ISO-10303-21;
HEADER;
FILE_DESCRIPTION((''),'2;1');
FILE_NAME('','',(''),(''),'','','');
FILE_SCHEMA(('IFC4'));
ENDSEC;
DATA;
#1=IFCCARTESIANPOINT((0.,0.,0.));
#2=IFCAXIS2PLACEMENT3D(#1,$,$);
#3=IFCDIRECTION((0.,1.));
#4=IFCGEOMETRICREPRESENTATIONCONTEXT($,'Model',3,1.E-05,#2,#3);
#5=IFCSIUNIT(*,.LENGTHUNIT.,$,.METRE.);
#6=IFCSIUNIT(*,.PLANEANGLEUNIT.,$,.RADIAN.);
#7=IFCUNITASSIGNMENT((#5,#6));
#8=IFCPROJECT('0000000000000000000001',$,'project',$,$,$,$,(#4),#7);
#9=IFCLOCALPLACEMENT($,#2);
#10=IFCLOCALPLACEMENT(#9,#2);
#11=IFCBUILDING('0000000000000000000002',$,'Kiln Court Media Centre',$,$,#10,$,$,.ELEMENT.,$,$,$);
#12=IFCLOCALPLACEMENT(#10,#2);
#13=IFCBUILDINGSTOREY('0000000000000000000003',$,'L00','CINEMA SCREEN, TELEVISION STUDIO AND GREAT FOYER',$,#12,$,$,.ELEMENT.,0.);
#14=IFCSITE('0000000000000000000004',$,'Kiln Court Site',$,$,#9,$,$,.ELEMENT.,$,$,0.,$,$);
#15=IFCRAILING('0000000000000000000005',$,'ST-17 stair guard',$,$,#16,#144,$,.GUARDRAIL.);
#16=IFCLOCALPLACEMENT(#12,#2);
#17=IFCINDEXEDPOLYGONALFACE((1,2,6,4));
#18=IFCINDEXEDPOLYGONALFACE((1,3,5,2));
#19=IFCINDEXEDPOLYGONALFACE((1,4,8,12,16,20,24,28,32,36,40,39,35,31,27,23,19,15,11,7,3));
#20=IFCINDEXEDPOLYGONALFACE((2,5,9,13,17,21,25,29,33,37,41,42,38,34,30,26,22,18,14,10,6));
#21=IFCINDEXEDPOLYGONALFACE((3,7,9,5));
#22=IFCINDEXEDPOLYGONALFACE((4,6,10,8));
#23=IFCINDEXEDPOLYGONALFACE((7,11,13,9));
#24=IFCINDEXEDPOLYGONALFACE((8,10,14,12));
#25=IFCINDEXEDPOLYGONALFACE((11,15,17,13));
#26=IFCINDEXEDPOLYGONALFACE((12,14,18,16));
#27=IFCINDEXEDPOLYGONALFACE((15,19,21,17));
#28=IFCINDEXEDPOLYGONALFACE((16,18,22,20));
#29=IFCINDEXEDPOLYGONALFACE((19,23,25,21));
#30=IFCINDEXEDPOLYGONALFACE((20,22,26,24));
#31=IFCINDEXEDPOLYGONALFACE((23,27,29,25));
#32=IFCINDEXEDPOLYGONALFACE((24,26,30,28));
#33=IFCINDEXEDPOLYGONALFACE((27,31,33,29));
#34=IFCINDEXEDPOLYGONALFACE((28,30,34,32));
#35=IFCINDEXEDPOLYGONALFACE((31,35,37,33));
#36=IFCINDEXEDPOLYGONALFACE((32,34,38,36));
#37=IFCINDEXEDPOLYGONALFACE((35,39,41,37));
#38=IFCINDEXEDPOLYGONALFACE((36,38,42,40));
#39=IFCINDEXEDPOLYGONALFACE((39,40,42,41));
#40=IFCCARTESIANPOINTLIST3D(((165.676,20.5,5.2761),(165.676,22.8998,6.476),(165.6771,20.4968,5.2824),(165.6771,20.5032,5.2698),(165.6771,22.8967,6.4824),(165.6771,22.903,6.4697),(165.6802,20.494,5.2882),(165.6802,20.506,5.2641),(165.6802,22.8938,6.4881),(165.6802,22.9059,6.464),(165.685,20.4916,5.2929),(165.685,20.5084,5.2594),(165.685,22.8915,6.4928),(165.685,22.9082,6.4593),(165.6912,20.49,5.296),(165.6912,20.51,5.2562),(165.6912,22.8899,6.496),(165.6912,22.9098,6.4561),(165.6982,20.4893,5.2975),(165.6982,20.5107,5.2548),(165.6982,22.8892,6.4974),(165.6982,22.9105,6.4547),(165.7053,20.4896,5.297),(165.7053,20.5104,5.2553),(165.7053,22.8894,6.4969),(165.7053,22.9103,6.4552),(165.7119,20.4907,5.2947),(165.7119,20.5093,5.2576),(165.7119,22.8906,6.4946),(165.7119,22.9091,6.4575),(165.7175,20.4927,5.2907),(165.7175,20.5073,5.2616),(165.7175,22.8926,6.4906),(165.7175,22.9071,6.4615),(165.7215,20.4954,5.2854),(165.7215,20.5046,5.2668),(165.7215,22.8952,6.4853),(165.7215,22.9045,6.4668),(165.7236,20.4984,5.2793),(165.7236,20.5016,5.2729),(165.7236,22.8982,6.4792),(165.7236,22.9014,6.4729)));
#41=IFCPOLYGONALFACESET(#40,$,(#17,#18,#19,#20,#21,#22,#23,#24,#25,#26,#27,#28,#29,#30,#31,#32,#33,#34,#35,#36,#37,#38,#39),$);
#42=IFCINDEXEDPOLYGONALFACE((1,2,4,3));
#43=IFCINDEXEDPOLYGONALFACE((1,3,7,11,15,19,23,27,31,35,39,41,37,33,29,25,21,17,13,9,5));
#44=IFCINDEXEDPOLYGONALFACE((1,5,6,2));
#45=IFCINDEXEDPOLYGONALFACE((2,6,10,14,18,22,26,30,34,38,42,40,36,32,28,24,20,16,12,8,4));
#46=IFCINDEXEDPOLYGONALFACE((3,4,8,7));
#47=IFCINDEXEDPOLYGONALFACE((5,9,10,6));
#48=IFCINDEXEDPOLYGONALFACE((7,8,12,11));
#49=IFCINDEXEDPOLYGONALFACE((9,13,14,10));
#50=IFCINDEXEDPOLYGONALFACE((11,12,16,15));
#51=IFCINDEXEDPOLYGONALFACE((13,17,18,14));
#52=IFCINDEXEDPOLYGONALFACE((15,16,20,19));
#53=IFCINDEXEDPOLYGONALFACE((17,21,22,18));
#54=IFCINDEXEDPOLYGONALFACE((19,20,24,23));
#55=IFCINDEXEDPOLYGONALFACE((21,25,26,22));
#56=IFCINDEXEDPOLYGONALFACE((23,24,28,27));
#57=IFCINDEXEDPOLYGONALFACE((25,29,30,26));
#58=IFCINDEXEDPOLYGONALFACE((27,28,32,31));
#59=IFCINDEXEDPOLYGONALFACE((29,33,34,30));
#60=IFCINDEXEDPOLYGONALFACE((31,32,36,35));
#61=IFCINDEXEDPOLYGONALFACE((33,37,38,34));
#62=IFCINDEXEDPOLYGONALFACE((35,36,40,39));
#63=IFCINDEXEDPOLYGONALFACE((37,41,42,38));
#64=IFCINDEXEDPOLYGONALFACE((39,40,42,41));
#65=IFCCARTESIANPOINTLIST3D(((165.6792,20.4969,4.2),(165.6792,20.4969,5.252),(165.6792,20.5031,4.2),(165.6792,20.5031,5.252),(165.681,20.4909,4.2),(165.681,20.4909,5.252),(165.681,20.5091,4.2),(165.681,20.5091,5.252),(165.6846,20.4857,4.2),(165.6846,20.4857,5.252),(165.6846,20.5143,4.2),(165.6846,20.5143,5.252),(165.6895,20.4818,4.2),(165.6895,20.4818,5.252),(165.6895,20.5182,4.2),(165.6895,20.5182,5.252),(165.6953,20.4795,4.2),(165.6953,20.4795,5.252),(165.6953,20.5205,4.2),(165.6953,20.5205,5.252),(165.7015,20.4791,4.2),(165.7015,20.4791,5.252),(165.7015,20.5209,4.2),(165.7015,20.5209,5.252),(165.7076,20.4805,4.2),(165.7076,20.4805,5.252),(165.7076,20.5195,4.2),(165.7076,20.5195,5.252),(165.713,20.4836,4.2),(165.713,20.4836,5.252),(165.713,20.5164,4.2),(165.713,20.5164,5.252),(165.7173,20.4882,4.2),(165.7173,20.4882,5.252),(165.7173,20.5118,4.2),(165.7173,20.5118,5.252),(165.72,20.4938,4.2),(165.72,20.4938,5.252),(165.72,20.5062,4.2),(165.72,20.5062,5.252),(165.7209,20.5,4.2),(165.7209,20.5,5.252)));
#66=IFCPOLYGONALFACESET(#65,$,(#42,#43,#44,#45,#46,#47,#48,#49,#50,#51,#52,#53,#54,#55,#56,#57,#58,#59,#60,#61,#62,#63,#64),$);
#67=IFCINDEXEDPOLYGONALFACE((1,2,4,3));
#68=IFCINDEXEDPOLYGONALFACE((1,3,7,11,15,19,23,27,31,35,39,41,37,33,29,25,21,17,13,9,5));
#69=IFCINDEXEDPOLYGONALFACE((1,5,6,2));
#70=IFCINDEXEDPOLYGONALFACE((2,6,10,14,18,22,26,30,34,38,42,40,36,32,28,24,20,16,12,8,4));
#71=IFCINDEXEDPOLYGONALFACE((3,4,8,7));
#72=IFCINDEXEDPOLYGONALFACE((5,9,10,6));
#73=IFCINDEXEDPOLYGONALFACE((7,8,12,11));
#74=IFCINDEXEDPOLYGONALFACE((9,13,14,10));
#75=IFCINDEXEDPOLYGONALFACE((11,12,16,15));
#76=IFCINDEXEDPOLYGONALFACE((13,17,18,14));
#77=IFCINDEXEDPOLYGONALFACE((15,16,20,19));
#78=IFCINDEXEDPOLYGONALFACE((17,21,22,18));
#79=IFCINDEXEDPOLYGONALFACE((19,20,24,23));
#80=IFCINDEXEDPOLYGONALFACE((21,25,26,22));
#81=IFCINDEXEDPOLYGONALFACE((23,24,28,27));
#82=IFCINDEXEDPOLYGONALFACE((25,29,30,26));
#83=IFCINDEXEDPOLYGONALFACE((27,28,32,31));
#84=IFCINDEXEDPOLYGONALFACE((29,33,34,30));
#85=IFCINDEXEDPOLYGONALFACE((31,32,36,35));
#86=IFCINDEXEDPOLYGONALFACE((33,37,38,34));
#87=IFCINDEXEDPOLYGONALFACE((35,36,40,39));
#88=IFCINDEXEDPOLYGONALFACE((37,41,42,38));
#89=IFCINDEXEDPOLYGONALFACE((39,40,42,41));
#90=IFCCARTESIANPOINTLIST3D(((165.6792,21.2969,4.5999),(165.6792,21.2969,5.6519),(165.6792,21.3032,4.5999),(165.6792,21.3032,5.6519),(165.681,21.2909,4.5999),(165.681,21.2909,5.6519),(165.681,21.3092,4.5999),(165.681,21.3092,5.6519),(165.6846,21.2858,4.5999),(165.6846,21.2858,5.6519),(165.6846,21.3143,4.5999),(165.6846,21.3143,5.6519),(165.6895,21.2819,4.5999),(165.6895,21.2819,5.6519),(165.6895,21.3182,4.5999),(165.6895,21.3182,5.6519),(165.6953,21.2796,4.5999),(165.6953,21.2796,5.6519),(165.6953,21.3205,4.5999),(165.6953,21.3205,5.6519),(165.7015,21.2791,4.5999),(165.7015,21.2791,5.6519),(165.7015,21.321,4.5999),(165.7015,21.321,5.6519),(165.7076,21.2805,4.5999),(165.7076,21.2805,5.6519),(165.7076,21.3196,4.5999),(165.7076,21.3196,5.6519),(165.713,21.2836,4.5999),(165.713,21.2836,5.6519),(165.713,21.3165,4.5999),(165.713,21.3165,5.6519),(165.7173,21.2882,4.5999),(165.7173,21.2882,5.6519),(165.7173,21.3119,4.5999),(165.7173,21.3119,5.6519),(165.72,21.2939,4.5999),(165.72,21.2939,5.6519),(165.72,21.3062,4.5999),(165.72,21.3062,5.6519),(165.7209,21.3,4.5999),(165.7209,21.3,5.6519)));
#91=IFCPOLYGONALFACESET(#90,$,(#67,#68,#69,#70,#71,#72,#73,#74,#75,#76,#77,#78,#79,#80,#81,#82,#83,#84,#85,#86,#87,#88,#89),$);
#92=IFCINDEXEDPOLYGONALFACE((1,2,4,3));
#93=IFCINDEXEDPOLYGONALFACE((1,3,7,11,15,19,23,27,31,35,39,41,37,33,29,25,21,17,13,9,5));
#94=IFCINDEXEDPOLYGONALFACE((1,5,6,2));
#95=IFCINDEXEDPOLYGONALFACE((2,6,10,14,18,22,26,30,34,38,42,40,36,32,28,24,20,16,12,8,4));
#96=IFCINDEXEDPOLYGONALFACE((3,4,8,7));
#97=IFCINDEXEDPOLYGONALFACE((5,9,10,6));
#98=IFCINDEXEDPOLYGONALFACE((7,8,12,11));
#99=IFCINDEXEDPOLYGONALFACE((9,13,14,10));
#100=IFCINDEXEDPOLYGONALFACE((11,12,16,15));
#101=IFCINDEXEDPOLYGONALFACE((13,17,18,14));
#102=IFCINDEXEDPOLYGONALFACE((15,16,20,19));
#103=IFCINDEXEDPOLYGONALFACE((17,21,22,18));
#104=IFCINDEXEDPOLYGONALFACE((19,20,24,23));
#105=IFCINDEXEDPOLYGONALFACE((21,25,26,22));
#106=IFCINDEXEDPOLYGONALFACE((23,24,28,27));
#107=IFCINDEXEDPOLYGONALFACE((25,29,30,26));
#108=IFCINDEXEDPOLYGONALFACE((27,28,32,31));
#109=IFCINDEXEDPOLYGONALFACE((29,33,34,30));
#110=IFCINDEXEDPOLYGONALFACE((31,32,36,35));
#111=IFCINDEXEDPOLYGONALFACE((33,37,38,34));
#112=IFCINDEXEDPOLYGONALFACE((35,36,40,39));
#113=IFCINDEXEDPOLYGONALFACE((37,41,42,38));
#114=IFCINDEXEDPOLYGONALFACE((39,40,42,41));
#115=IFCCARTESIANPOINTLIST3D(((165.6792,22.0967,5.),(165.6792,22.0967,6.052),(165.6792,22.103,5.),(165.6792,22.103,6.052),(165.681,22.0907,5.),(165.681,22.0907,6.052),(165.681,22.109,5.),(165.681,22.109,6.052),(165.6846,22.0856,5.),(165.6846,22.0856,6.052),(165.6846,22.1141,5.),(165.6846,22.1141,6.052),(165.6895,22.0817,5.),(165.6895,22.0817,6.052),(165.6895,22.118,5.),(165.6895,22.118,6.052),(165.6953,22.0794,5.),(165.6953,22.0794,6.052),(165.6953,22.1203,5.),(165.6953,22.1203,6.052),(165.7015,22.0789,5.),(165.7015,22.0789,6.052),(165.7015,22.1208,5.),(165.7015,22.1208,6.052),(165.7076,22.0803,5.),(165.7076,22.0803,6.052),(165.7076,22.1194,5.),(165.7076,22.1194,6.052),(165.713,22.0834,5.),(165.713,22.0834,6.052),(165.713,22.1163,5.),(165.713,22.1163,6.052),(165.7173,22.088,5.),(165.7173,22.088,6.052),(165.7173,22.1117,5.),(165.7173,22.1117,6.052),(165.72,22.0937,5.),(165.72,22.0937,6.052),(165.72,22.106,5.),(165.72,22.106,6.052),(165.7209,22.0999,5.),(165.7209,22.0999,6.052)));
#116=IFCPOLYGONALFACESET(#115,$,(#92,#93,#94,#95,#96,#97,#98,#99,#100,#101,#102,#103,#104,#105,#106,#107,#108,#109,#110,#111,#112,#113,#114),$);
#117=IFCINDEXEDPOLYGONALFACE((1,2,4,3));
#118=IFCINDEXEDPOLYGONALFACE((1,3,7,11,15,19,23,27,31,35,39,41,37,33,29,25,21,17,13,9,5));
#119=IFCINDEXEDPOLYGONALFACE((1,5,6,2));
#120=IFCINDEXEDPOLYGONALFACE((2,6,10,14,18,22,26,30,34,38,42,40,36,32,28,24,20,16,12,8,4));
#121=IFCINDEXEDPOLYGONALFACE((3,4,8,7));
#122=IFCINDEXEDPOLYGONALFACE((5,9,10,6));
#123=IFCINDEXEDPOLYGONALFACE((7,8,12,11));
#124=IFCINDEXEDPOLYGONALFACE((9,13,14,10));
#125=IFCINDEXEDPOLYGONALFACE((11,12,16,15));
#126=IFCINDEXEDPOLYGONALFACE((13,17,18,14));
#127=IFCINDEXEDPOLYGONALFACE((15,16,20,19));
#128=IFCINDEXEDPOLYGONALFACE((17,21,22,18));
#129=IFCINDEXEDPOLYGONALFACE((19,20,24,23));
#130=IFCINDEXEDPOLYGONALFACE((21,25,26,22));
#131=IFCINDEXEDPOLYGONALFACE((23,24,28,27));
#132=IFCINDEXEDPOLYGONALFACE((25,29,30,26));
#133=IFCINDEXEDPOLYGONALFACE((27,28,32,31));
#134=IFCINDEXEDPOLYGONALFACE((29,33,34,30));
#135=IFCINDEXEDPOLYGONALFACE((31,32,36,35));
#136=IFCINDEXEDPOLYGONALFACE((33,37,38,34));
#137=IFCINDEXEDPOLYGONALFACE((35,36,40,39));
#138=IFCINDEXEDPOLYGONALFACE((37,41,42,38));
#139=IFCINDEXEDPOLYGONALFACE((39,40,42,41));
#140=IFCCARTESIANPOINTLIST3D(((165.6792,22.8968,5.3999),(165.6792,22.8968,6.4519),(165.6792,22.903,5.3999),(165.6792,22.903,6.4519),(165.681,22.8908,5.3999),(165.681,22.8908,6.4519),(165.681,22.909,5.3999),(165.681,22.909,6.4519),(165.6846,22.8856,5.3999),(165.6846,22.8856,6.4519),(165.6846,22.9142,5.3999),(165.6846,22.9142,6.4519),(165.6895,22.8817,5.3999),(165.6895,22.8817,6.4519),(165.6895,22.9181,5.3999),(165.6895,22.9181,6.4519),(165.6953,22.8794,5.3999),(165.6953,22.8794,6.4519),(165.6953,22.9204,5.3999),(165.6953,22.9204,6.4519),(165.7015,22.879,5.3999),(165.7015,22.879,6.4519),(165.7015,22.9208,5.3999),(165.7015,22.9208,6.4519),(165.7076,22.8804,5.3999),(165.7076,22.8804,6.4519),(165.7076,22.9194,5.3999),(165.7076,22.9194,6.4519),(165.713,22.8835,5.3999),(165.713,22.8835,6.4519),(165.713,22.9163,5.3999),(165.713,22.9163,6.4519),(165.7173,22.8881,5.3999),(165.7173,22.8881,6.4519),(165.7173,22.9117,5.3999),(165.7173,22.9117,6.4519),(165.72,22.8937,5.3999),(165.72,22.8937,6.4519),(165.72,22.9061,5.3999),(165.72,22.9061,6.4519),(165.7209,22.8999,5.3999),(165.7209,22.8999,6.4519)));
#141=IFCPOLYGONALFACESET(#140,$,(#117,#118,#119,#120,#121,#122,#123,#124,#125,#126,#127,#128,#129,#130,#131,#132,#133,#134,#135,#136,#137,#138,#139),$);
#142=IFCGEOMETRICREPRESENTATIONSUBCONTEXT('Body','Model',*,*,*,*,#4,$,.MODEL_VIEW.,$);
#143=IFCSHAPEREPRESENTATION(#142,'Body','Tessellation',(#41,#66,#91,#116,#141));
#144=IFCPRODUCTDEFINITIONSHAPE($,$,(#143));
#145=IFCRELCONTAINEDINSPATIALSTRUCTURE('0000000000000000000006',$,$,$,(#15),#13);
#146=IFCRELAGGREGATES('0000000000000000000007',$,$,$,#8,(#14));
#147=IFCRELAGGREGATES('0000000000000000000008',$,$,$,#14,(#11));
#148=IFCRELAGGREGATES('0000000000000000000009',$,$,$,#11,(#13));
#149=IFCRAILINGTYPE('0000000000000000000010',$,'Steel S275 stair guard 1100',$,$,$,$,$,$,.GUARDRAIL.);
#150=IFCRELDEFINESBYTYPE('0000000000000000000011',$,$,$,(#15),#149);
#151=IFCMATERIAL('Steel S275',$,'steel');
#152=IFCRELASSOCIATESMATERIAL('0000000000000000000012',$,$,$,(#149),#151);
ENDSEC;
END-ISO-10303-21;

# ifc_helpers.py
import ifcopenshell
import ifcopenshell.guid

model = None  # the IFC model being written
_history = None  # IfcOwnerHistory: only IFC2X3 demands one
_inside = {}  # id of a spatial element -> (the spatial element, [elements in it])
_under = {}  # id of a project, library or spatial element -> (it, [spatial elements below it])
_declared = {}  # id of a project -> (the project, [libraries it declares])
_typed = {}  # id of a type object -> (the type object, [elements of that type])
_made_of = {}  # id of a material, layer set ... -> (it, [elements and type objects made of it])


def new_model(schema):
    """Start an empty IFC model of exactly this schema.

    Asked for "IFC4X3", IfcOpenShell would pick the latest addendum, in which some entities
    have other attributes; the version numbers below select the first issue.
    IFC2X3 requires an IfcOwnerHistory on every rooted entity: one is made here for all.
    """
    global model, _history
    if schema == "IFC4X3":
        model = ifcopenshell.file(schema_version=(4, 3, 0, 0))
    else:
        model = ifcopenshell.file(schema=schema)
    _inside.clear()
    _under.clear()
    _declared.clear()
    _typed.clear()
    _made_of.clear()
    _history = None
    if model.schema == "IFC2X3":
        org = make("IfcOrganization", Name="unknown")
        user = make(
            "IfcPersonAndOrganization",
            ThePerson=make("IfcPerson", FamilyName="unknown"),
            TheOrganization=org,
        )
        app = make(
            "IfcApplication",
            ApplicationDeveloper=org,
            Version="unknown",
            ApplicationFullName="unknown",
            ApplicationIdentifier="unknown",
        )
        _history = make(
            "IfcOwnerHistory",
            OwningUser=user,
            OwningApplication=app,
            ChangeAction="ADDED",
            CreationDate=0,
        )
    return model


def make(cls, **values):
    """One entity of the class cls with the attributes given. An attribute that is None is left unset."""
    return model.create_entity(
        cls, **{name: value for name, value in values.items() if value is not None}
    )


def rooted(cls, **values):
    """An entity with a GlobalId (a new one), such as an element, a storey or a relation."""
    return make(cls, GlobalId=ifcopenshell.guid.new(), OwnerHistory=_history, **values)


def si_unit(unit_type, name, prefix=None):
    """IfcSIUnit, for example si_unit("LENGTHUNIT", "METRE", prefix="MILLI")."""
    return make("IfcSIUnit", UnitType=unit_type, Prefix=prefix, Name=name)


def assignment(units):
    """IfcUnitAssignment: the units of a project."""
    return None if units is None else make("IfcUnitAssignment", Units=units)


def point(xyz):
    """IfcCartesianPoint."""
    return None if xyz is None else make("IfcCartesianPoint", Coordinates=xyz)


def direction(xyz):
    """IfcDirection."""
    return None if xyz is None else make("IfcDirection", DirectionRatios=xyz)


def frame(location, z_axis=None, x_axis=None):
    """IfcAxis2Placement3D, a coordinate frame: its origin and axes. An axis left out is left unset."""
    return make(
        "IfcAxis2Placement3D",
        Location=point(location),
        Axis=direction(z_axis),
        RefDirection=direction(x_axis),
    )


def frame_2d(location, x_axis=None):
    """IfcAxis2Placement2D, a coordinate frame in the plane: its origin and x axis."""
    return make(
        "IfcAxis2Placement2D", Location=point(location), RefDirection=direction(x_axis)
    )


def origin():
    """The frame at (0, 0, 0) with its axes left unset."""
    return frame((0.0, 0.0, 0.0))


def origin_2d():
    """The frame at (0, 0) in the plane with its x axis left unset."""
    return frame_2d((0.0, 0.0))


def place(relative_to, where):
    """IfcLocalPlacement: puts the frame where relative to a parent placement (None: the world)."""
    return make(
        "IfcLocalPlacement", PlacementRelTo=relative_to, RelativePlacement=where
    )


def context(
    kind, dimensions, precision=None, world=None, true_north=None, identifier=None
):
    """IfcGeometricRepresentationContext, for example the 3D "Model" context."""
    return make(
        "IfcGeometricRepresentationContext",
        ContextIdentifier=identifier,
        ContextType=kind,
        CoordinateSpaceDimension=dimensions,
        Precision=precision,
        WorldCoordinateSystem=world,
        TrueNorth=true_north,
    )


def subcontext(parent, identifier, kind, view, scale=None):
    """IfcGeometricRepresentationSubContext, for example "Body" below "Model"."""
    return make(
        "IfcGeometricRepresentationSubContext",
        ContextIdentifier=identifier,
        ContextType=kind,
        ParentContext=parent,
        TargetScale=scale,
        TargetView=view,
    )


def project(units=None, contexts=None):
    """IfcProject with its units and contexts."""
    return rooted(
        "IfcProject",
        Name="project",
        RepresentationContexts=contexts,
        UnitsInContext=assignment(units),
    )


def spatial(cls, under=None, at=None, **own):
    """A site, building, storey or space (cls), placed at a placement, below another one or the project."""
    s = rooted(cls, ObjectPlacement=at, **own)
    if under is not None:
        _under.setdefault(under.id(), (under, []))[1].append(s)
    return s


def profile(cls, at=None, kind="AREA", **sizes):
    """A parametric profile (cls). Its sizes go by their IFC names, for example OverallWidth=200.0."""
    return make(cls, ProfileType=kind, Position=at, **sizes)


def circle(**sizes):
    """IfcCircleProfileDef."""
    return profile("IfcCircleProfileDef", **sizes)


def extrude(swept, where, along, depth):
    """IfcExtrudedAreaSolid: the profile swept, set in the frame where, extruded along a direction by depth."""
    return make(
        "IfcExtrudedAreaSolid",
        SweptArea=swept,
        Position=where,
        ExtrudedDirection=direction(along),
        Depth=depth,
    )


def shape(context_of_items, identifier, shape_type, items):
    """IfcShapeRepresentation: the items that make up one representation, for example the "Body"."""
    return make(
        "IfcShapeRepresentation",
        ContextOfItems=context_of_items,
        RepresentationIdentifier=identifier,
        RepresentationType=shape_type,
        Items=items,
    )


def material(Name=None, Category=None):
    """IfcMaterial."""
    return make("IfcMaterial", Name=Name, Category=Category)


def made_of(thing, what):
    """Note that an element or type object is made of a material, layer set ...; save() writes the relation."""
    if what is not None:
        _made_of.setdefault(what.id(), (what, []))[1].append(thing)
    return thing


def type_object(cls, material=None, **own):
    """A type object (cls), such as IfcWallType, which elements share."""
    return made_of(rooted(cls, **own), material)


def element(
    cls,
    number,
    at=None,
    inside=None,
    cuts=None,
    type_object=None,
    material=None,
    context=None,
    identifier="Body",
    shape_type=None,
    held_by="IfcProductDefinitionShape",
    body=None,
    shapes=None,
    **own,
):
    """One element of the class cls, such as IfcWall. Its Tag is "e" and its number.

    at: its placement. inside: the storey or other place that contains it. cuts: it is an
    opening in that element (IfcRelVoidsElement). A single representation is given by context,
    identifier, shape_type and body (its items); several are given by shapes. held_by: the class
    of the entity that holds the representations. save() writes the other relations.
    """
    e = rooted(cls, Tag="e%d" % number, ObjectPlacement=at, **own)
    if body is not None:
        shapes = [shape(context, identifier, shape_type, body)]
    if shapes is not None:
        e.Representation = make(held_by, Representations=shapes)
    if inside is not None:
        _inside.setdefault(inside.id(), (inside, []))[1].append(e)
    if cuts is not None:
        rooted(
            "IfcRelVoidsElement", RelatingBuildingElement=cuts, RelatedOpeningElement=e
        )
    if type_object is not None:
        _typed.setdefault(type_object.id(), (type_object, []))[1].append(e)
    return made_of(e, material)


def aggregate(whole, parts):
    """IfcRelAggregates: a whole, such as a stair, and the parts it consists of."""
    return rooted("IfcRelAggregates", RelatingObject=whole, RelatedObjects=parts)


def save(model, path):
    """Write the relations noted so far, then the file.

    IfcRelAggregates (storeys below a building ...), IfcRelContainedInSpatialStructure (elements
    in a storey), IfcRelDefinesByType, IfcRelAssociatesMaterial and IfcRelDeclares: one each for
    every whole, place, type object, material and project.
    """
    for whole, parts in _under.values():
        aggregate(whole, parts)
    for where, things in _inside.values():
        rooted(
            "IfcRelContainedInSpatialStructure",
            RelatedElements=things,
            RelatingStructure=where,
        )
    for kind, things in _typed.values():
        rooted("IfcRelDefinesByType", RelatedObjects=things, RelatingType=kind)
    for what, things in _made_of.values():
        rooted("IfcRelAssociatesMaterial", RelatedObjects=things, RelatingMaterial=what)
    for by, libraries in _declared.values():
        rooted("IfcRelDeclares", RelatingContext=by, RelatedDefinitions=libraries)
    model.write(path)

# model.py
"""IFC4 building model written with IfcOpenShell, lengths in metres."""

from ifc_helpers import new_model, si_unit, direction, frame, origin, origin_2d, place, context, subcontext, project, spatial, circle, extrude, material, type_object, element, save


model = new_model("IFC4")

# Units and contexts
model_context = context("Model", 3, precision=1e-05, world=origin(), true_north=direction((0.0, 1.0)))
body_context = subcontext(model_context, "Body", "Model", "MODEL_VIEW")
ifc_project = project(units=[si_unit("LENGTHUNIT", "METRE"), si_unit("PLANEANGLEUNIT", "RADIAN")], contexts=[model_context])

# Site, building, storey
site_placement = place(None, origin())
site = spatial("IfcSite", under=ifc_project, at=site_placement, Name="Kiln Court Site", CompositionType="ELEMENT", RefElevation=0.0)
building_placement = place(site_placement, origin())
building = spatial("IfcBuilding", under=site, at=building_placement, Name="Kiln Court Media Centre", CompositionType="ELEMENT")
storey_placement = place(building_placement, origin())
storey = spatial("IfcBuildingStorey", under=building, at=storey_placement, Name="L00", Description="CINEMA SCREEN, TELEVISION STUDIO AND GREAT FOYER", CompositionType="ELEMENT", Elevation=0.0)

# Railing
ifc_material_1 = material(Name="Steel S275", Category="steel")
railing_type_1 = type_object("IfcRailingType", Name="Steel S275 stair guard 1100", PredefinedType="GUARDRAIL", material=ifc_material_1)
railing_1_placement = place(storey_placement, frame((165.7, 20.5, 4.2)))
element("IfcRailing", 1, at=railing_1_placement, inside=storey, type_object=railing_type_1, Name="ST-17 stair guard", PredefinedType="GUARDRAIL", context=body_context, shape_type="SweptSolid", body=[
    extrude(circle(Radius=0.0239, at=origin_2d()), frame((0.0, 0.0, 1.0762), z_axis=(0.0, 0.894427, 0.447214), x_axis=(-1.0, 0.0, 0.0)), (0.0, 0.0, 1.0), 2.6831),
    extrude(circle(Radius=0.021, at=origin_2d()), origin(), (0.0, 0.0, 1.0), 1.052),
    extrude(circle(Radius=0.021, at=origin_2d()), frame((0.0, 0.8, 0.3999)), (0.0, 0.0, 1.0), 1.052),
    extrude(circle(Radius=0.021, at=origin_2d()), frame((0.0, 1.5999, 0.8)), (0.0, 0.0, 1.0), 1.052),
    extrude(circle(Radius=0.021, at=origin_2d()), frame((0.0, 2.3999, 1.2)), (0.0, 0.0, 1.0), 1.052),
])

save(model, "model.ifc")
